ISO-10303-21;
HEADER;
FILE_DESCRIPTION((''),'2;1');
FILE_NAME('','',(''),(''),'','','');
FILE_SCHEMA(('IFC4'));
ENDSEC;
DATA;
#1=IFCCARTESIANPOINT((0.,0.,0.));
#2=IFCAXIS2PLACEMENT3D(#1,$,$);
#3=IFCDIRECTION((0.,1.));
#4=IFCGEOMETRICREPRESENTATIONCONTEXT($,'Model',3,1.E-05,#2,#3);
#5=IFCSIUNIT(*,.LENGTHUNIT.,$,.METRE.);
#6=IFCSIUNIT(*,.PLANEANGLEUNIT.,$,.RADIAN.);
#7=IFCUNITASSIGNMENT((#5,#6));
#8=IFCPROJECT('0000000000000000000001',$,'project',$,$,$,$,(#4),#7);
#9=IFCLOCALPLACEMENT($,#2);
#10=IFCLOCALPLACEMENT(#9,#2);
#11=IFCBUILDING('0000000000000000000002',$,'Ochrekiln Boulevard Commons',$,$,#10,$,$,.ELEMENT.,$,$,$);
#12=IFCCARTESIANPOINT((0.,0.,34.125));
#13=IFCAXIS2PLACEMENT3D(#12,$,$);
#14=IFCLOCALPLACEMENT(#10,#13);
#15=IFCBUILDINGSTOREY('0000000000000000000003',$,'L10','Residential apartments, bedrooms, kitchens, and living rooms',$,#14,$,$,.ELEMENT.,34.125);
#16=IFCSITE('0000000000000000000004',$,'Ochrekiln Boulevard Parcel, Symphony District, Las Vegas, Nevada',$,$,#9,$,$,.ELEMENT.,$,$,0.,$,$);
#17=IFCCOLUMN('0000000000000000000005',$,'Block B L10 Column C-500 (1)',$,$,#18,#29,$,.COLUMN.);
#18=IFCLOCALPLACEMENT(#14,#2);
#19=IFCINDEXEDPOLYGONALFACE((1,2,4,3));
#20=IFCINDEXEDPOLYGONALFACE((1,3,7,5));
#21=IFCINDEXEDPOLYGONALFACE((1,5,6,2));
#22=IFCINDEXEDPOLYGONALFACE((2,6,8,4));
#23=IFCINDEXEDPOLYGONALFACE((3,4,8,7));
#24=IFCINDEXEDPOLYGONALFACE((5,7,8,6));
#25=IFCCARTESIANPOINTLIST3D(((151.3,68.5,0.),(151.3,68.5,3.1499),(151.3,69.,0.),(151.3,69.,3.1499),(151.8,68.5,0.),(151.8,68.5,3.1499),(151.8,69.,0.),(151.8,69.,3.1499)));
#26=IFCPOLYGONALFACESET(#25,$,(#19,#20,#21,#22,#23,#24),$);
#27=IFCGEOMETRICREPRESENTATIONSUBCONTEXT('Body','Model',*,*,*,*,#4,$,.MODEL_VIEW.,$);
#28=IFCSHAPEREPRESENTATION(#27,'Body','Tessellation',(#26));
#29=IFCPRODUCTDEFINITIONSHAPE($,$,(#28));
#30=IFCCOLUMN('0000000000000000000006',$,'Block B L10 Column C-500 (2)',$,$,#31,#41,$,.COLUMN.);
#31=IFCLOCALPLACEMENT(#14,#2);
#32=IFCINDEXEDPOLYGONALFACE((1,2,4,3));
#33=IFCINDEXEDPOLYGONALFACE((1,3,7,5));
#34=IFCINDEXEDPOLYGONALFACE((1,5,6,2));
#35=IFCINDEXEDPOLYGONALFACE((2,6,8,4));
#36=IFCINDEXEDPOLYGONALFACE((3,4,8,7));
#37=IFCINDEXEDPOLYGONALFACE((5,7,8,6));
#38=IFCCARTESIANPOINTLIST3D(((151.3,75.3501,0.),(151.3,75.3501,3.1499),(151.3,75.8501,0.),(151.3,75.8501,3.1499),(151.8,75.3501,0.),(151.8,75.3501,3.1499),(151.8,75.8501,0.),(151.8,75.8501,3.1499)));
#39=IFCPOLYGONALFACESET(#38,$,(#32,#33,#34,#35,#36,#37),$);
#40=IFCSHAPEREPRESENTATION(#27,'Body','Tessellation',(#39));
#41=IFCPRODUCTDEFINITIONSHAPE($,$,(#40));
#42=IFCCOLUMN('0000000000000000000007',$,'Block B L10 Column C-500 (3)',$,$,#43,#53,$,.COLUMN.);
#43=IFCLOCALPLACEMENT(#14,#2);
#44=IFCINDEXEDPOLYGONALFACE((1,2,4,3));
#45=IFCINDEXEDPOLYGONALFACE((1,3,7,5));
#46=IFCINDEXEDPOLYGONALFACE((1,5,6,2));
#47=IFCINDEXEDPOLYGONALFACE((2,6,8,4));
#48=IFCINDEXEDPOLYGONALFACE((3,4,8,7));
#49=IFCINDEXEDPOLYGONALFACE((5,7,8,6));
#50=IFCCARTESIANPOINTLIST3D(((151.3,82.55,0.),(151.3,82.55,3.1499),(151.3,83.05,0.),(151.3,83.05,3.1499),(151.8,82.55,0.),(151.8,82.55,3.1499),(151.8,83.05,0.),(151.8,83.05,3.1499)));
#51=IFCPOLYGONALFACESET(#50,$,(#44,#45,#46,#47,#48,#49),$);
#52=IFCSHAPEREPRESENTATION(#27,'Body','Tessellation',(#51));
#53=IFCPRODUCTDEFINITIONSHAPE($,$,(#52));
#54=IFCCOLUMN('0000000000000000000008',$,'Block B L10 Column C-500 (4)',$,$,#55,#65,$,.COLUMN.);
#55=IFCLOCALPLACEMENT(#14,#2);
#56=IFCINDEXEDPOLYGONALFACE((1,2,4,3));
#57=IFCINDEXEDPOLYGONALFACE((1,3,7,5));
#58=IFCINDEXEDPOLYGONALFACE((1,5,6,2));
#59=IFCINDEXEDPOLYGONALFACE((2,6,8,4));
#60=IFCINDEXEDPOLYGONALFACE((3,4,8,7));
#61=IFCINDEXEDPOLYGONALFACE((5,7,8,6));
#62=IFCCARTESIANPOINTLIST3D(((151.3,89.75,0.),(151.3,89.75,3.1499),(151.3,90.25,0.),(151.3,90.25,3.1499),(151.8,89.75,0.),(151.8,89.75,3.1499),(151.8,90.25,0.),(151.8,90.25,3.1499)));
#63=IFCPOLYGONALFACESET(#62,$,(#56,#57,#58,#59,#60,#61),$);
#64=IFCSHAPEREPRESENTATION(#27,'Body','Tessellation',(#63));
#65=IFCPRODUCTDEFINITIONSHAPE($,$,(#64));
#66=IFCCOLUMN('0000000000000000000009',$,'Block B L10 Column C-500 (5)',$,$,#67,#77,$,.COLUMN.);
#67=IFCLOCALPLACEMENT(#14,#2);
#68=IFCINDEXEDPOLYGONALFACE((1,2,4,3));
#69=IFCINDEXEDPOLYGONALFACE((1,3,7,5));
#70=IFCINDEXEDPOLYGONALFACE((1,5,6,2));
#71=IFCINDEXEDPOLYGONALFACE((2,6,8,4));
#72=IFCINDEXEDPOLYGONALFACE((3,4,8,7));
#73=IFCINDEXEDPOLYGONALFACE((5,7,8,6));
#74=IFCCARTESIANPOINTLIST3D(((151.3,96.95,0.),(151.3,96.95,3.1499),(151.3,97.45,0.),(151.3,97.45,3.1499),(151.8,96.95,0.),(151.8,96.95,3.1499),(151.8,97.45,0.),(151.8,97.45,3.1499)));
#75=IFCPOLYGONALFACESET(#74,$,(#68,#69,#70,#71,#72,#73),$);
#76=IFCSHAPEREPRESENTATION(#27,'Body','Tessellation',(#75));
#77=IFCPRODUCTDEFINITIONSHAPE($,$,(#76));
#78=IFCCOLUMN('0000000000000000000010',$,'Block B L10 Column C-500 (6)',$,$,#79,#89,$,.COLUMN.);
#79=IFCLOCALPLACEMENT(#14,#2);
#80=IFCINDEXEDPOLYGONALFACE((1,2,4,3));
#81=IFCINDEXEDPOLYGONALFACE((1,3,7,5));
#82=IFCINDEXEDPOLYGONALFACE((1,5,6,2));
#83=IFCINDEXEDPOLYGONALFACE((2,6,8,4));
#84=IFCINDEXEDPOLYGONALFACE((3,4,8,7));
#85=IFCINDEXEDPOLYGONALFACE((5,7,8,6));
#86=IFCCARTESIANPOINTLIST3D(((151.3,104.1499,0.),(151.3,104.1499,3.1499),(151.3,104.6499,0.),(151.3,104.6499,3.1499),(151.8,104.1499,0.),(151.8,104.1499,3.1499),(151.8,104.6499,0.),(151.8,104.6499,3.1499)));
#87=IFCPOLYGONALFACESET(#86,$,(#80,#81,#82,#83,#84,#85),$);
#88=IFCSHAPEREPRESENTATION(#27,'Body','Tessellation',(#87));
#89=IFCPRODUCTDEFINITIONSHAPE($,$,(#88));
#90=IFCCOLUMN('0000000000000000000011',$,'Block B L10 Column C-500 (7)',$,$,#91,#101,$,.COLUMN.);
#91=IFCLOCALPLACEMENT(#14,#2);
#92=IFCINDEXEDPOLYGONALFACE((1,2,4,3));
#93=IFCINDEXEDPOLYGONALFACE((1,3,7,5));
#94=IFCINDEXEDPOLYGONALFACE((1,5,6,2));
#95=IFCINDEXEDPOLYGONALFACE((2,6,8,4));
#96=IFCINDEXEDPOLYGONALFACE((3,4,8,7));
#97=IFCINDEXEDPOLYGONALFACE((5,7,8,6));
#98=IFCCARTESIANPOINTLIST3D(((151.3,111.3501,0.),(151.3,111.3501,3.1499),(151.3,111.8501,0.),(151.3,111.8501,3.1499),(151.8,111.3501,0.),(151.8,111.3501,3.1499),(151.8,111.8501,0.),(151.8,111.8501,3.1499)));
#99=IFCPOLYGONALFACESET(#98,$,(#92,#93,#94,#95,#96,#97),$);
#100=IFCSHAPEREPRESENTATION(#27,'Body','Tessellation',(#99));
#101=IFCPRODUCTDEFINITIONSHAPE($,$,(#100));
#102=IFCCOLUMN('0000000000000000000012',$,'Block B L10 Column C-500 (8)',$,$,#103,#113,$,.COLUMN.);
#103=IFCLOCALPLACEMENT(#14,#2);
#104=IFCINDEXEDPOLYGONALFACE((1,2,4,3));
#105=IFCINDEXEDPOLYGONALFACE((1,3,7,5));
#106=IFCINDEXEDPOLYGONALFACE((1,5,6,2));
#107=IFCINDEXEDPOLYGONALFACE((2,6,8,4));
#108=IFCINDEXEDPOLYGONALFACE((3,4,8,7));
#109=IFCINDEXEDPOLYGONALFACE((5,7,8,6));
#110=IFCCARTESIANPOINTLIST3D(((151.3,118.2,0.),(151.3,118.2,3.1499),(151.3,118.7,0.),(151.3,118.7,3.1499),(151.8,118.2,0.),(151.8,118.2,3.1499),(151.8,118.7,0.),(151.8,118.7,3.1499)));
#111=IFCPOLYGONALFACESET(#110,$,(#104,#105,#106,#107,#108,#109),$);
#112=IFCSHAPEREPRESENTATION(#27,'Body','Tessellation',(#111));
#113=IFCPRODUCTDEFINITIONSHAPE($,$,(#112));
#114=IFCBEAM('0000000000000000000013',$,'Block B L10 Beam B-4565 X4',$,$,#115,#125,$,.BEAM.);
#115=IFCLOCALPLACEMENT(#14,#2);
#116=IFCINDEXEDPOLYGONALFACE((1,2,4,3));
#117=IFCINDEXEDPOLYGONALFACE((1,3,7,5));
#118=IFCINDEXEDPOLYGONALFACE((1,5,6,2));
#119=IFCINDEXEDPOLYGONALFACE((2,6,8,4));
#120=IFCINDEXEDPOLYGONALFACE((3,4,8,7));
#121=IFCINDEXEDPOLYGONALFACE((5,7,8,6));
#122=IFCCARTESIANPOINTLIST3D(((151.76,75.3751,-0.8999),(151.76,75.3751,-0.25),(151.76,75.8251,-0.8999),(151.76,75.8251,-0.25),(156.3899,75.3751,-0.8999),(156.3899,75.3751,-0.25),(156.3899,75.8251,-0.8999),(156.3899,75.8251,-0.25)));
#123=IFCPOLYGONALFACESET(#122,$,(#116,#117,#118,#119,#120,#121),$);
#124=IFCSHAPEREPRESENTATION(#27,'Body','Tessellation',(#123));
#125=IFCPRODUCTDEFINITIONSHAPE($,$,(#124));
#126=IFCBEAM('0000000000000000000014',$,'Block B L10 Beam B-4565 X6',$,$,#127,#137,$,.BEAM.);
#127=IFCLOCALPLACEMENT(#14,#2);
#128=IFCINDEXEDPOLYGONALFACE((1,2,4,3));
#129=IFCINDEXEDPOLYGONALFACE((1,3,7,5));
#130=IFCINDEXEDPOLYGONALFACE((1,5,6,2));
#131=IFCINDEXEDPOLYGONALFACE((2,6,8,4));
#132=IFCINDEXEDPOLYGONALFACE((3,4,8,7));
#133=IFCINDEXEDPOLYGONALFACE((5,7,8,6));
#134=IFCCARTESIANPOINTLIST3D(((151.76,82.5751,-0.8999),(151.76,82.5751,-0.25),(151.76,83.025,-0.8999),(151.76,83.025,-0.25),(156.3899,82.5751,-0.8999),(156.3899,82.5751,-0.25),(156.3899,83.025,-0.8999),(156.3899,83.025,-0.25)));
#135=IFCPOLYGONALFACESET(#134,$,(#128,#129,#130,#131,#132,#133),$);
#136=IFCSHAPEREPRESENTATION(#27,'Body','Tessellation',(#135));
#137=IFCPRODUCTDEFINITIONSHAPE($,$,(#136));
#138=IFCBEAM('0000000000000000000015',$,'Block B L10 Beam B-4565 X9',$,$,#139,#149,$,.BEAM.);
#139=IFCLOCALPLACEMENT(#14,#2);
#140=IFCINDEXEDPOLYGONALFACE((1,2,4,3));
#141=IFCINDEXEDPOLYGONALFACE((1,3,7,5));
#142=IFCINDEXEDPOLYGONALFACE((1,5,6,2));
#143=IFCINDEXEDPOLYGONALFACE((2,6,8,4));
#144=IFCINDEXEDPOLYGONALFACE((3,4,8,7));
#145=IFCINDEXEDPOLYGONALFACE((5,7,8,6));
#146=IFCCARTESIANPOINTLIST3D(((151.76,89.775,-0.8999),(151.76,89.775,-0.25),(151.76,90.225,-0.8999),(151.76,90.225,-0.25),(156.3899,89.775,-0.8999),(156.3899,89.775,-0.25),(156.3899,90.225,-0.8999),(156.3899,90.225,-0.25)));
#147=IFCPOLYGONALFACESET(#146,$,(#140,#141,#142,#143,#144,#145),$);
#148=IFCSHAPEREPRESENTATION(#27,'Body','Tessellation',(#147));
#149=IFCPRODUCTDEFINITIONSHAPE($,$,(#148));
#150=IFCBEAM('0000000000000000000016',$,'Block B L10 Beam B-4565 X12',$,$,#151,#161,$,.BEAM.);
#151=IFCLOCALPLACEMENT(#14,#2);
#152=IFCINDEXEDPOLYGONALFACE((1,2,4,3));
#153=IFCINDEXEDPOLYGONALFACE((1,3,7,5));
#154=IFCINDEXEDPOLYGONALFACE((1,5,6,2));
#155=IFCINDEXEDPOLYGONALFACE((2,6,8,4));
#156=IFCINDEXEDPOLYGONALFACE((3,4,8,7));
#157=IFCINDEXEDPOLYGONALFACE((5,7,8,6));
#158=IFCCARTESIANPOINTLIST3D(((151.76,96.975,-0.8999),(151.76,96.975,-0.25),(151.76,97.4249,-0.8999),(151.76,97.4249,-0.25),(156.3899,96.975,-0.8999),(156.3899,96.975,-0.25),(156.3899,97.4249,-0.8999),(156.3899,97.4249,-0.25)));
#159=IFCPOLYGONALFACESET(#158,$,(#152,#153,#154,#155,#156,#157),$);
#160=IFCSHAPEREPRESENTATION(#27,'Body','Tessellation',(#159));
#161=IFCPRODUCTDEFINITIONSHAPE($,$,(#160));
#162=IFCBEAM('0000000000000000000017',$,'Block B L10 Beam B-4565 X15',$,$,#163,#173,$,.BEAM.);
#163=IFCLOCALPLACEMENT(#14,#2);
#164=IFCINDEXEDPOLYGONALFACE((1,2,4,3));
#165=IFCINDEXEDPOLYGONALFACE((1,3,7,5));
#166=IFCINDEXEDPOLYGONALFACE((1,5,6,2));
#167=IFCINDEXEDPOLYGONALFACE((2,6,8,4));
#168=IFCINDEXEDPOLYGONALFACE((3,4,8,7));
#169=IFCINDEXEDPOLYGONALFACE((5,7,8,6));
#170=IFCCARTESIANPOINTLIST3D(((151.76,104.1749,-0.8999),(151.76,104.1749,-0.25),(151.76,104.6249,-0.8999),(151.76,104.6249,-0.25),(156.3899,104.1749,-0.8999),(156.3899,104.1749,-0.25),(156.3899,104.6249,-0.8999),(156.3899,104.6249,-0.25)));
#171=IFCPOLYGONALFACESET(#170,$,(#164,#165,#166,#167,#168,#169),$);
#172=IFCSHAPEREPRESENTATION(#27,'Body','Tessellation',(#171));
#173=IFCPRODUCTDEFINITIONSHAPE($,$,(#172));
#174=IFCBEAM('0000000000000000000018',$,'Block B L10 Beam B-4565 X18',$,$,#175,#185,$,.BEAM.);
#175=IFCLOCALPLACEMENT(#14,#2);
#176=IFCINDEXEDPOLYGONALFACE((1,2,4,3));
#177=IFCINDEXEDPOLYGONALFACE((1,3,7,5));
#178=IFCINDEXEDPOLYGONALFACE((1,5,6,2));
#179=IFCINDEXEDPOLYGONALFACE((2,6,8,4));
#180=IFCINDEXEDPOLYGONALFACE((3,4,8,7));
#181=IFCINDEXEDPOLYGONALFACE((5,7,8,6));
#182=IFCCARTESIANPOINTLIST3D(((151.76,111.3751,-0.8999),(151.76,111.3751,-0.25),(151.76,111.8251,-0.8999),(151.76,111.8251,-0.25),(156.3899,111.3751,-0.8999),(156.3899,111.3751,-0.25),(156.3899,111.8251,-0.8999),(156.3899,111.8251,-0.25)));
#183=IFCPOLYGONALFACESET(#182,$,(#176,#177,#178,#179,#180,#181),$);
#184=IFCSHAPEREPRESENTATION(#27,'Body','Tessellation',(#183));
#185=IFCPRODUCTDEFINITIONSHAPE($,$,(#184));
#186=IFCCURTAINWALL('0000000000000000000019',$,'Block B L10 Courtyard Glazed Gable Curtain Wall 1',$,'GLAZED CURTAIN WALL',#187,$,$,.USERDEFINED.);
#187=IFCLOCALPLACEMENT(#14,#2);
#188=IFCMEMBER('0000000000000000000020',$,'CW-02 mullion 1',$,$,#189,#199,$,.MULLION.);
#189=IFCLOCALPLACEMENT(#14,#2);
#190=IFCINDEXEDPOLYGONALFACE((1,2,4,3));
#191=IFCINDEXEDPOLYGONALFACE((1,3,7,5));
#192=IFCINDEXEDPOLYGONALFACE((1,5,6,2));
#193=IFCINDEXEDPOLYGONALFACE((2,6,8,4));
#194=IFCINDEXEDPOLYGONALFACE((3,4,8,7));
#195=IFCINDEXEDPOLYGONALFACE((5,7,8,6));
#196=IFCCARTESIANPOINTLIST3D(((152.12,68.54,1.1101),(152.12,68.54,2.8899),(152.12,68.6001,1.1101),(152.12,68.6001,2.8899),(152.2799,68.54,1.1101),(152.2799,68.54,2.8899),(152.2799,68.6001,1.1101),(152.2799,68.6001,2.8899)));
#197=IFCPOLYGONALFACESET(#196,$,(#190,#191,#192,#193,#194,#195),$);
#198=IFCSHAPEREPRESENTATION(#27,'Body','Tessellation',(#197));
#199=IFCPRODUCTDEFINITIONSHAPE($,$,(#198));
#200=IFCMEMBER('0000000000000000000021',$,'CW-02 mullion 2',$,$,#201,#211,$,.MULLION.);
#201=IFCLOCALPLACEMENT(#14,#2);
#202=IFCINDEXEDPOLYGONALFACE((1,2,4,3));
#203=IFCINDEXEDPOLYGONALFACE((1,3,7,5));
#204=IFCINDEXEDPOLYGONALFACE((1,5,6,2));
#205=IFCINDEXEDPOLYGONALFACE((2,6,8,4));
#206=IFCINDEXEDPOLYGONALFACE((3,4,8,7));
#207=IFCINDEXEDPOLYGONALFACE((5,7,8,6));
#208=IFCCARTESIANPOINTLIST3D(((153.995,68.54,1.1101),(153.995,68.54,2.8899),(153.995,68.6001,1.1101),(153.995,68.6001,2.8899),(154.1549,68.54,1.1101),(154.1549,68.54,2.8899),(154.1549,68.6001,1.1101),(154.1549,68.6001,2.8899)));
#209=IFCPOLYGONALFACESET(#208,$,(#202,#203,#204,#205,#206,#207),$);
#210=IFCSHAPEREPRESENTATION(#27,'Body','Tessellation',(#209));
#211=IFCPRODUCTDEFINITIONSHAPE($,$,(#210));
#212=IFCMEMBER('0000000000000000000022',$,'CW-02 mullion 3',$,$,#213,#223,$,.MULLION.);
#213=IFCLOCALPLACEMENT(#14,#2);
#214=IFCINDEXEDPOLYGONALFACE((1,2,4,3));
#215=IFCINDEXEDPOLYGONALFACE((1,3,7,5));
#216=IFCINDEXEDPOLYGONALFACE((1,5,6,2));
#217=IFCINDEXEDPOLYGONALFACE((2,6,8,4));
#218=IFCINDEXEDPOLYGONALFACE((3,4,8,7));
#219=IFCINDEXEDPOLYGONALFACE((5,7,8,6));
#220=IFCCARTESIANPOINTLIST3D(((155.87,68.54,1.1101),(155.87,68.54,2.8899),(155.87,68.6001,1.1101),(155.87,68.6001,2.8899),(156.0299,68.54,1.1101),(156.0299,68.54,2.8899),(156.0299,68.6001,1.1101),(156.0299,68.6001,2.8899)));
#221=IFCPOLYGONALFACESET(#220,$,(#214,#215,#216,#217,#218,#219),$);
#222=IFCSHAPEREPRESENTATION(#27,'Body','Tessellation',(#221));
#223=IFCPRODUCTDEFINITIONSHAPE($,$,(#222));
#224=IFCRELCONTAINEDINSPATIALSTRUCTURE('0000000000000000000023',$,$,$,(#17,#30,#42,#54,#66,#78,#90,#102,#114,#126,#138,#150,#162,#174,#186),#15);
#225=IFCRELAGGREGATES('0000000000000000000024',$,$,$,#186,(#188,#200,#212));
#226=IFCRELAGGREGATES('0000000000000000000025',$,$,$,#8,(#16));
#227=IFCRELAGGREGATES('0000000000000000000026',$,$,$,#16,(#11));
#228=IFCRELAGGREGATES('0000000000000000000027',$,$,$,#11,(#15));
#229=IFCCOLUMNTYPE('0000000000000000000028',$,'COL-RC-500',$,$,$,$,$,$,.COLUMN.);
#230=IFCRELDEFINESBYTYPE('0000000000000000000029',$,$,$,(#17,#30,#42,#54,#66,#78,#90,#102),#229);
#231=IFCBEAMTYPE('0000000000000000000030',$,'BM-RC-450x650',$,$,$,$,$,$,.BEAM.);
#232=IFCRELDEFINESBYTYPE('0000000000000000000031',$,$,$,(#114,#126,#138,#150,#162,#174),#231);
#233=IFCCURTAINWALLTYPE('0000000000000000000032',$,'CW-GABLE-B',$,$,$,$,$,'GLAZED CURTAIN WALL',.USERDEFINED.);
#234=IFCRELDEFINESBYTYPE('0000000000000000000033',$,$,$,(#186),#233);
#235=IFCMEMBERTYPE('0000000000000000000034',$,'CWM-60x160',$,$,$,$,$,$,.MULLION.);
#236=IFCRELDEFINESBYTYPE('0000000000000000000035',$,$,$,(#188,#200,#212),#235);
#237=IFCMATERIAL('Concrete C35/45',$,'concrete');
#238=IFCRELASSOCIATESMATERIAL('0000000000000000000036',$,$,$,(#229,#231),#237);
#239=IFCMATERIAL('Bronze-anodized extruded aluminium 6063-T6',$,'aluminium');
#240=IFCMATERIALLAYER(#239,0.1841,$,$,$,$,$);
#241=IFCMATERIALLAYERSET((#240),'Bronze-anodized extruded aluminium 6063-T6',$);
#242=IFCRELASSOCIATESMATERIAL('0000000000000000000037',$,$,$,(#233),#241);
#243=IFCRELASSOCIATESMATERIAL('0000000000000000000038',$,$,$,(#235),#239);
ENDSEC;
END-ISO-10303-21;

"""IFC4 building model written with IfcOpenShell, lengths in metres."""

from ifc_helpers import new_model, si_unit, direction, frame, origin, origin_2d, place, context, subcontext, project, spatial, rectangle, extrude, material, layer, layer_set, material_profile, profile_set, type_object, element, aggregate, save


model = new_model("IFC4")

# Units and contexts
model_context = context("Model", 3, precision=1e-05, world=origin(), true_north=direction((0.0, 1.0)))
body_context = subcontext(model_context, "Body", "Model", "MODEL_VIEW")
ifc_project = project(units=[si_unit("LENGTHUNIT", "METRE"), si_unit("PLANEANGLEUNIT", "RADIAN")], contexts=[model_context])

# Site, building, storey
site_placement = place(None, origin())
site = spatial("IfcSite", under=ifc_project, at=site_placement, Name="Ochrekiln Boulevard Parcel, Symphony District, Las Vegas, Nevada", CompositionType="ELEMENT", RefElevation=0.0)
building_placement = place(site_placement, origin())
building = spatial("IfcBuilding", under=site, at=building_placement, Name="Ochrekiln Boulevard Commons", CompositionType="ELEMENT")
storey_placement = place(building_placement, frame((0.0, 0.0, 34.125)))
storey = spatial("IfcBuildingStorey", under=building, at=storey_placement, Name="L10", Description="Residential apartments, bedrooms, kitchens, and living rooms", CompositionType="ELEMENT", Elevation=34.125)

# Columns
ifc_material_1 = material(Name="Concrete C35/45", Category="concrete")
ifc_material_profile_1 = material_profile(ifc_material_1, rectangle(XDim=0.5, YDim=0.5, at=origin_2d()), Name="RC-COL-500x500")
ifc_profile_set_1 = profile_set([ifc_material_profile_1], Name="Concrete C35/45")
column_type = type_object("IfcColumnType", Name="COL-RC-500", PredefinedType="COLUMN", material=ifc_profile_set_1)
for number, where, z_axis, x_axis, name in (
    (1, (151.55, 68.75, 0.0), (0.0, 0.0, 1.0), (1.0, 0.0, 0.0), "Block B L10 Column C-500 (1)"),
    (2, (151.55, 75.6001, 0.0), (0.0, 0.0, 1.0), (1.0, 0.0, 0.0), "Block B L10 Column C-500 (2)"),
    (3, (151.55, 82.8, 0.0), (0.0, 0.0, 1.0), (1.0, 0.0, 0.0), "Block B L10 Column C-500 (3)"),
    (4, (151.55, 90.0, 0.0), (0.0, 0.0, 1.0), (1.0, 0.0, 0.0), "Block B L10 Column C-500 (4)"),
    (5, (151.55, 97.2, 0.0), (0.0, 0.0, 1.0), (1.0, 0.0, 0.0), "Block B L10 Column C-500 (5)"),
    (6, (151.55, 104.3999, 0.0), (0.0, 0.0, 1.0), (1.0, 0.0, 0.0), "Block B L10 Column C-500 (6)"),
    (7, (151.55, 111.6001, 0.0), (0.0, 0.0, 1.0), (1.0, 0.0, 0.0), "Block B L10 Column C-500 (7)"),
    (8, (151.55, 118.45, 0.0), (0.0, 0.0, 1.0), (1.0, 0.0, 0.0), "Block B L10 Column C-500 (8)"),
):
    element("IfcColumn", number, at=place(storey_placement, frame(where, z_axis=z_axis, x_axis=x_axis)), inside=storey, type_object=column_type, Name=name, PredefinedType="COLUMN", context=body_context, shape_type="SweptSolid", body=[
        extrude(rectangle(XDim=0.5, YDim=0.5, at=origin_2d()), origin(), (0.0, 0.0, 1.0), 3.1499),
    ])

# Beams
ifc_material_profile_2 = material_profile(ifc_material_1, rectangle(XDim=0.45, YDim=0.6499, at=origin_2d()), Name="RC-BM-450x650")
ifc_profile_set_2 = profile_set([ifc_material_profile_2], Name="Concrete C35/45")
beam_type_1 = type_object("IfcBeamType", Name="BM-RC-450x650", PredefinedType="BEAM", material=ifc_profile_set_2)
for number, where, z_axis, x_axis, name in (
    (9, (151.76, 75.6001, -0.575), (1.0, 0.0, 0.0), (0.0, 1.0, 0.0), "Block B L10 Beam B-4565 X4"),
    (10, (151.76, 82.8, -0.575), (1.0, 0.0, 0.0), (0.0, 1.0, 0.0), "Block B L10 Beam B-4565 X6"),
    (11, (151.76, 90.0, -0.575), (1.0, 0.0, 0.0), (0.0, 1.0, 0.0), "Block B L10 Beam B-4565 X9"),
    (12, (151.76, 97.2, -0.575), (1.0, 0.0, 0.0), (0.0, 1.0, 0.0), "Block B L10 Beam B-4565 X12"),
    (13, (151.76, 104.3999, -0.575), (1.0, 0.0, 0.0), (0.0, 1.0, 0.0), "Block B L10 Beam B-4565 X15"),
    (14, (151.76, 111.6001, -0.575), (1.0, 0.0, 0.0), (0.0, 1.0, 0.0), "Block B L10 Beam B-4565 X18"),
):
    element("IfcBeam", number, at=place(storey_placement, frame(where, z_axis=z_axis, x_axis=x_axis)), inside=storey, type_object=beam_type_1, Name=name, PredefinedType="BEAM", context=body_context, shape_type="SweptSolid", body=[
        extrude(rectangle(XDim=0.45, YDim=0.6499, at=origin_2d()), origin(), (0.0, 0.0, 1.0), 4.6299),
    ])

# Curtain wall, members
ifc_material_2 = material(Name="Bronze-anodized extruded aluminium 6063-T6", Category="aluminium")
ifc_layer_1 = layer(ifc_material_2, 0.1841)
ifc_layer_set_1 = layer_set([ifc_layer_1], Name="Bronze-anodized extruded aluminium 6063-T6")
curtain_wall_type = type_object("IfcCurtainWallType", Name="CW-GABLE-B", ElementType="GLAZED CURTAIN WALL", PredefinedType="USERDEFINED", material=ifc_layer_set_1)
curtain_wall_placement = place(storey_placement, origin())
curtain_wall = element("IfcCurtainWall", 15, at=curtain_wall_placement, inside=storey, type_object=curtain_wall_type, Name="Block B L10 Courtyard Glazed Gable Curtain Wall 1", ObjectType="GLAZED CURTAIN WALL", PredefinedType="USERDEFINED")
ifc_material_profile_3 = material_profile(ifc_material_2, rectangle(XDim=0.0601, YDim=0.1599, at=origin_2d()), Name="ALU-MUL-60x160")
ifc_profile_set_3 = profile_set([ifc_material_profile_3], Name="Bronze-anodized extruded aluminium 6063-T6")
member_type_1 = type_object("IfcMemberType", Name="CWM-60x160", PredefinedType="MULLION", material=ifc_profile_set_3)
member_1_placement = place(storey_placement, frame((152.2, 68.5701, 1.1101), z_axis=(0.0, 0.0, 1.0), x_axis=(0.0, 1.0, 0.0)))
member_1 = element("IfcMember", 16, at=member_1_placement, type_object=member_type_1, Name="CW-02 mullion 1", PredefinedType="MULLION", context=body_context, shape_type="SweptSolid", body=[
    extrude(rectangle(XDim=0.0601, YDim=0.1599, at=origin_2d()), origin(), (0.0, 0.0, 1.0), 1.7798),
])
member_2_placement = place(storey_placement, frame((154.075, 68.5701, 1.1101), z_axis=(0.0, 0.0, 1.0), x_axis=(0.0, 1.0, 0.0)))
member_2 = element("IfcMember", 17, at=member_2_placement, type_object=member_type_1, Name="CW-02 mullion 2", PredefinedType="MULLION", context=body_context, shape_type="SweptSolid", body=[
    extrude(rectangle(XDim=0.0601, YDim=0.1599, at=origin_2d()), origin(), (0.0, 0.0, 1.0), 1.7798),
])
member_3_placement = place(storey_placement, frame((155.95, 68.5701, 1.1101), z_axis=(0.0, 0.0, 1.0), x_axis=(0.0, 1.0, 0.0)))
member_3 = element("IfcMember", 18, at=member_3_placement, type_object=member_type_1, Name="CW-02 mullion 3", PredefinedType="MULLION", context=body_context, shape_type="SweptSolid", body=[
    extrude(rectangle(XDim=0.0601, YDim=0.1599, at=origin_2d()), origin(), (0.0, 0.0, 1.0), 1.7798),
])

aggregate(curtain_wall, [member_1, member_2, member_3])

save(model, "model.ifc")
